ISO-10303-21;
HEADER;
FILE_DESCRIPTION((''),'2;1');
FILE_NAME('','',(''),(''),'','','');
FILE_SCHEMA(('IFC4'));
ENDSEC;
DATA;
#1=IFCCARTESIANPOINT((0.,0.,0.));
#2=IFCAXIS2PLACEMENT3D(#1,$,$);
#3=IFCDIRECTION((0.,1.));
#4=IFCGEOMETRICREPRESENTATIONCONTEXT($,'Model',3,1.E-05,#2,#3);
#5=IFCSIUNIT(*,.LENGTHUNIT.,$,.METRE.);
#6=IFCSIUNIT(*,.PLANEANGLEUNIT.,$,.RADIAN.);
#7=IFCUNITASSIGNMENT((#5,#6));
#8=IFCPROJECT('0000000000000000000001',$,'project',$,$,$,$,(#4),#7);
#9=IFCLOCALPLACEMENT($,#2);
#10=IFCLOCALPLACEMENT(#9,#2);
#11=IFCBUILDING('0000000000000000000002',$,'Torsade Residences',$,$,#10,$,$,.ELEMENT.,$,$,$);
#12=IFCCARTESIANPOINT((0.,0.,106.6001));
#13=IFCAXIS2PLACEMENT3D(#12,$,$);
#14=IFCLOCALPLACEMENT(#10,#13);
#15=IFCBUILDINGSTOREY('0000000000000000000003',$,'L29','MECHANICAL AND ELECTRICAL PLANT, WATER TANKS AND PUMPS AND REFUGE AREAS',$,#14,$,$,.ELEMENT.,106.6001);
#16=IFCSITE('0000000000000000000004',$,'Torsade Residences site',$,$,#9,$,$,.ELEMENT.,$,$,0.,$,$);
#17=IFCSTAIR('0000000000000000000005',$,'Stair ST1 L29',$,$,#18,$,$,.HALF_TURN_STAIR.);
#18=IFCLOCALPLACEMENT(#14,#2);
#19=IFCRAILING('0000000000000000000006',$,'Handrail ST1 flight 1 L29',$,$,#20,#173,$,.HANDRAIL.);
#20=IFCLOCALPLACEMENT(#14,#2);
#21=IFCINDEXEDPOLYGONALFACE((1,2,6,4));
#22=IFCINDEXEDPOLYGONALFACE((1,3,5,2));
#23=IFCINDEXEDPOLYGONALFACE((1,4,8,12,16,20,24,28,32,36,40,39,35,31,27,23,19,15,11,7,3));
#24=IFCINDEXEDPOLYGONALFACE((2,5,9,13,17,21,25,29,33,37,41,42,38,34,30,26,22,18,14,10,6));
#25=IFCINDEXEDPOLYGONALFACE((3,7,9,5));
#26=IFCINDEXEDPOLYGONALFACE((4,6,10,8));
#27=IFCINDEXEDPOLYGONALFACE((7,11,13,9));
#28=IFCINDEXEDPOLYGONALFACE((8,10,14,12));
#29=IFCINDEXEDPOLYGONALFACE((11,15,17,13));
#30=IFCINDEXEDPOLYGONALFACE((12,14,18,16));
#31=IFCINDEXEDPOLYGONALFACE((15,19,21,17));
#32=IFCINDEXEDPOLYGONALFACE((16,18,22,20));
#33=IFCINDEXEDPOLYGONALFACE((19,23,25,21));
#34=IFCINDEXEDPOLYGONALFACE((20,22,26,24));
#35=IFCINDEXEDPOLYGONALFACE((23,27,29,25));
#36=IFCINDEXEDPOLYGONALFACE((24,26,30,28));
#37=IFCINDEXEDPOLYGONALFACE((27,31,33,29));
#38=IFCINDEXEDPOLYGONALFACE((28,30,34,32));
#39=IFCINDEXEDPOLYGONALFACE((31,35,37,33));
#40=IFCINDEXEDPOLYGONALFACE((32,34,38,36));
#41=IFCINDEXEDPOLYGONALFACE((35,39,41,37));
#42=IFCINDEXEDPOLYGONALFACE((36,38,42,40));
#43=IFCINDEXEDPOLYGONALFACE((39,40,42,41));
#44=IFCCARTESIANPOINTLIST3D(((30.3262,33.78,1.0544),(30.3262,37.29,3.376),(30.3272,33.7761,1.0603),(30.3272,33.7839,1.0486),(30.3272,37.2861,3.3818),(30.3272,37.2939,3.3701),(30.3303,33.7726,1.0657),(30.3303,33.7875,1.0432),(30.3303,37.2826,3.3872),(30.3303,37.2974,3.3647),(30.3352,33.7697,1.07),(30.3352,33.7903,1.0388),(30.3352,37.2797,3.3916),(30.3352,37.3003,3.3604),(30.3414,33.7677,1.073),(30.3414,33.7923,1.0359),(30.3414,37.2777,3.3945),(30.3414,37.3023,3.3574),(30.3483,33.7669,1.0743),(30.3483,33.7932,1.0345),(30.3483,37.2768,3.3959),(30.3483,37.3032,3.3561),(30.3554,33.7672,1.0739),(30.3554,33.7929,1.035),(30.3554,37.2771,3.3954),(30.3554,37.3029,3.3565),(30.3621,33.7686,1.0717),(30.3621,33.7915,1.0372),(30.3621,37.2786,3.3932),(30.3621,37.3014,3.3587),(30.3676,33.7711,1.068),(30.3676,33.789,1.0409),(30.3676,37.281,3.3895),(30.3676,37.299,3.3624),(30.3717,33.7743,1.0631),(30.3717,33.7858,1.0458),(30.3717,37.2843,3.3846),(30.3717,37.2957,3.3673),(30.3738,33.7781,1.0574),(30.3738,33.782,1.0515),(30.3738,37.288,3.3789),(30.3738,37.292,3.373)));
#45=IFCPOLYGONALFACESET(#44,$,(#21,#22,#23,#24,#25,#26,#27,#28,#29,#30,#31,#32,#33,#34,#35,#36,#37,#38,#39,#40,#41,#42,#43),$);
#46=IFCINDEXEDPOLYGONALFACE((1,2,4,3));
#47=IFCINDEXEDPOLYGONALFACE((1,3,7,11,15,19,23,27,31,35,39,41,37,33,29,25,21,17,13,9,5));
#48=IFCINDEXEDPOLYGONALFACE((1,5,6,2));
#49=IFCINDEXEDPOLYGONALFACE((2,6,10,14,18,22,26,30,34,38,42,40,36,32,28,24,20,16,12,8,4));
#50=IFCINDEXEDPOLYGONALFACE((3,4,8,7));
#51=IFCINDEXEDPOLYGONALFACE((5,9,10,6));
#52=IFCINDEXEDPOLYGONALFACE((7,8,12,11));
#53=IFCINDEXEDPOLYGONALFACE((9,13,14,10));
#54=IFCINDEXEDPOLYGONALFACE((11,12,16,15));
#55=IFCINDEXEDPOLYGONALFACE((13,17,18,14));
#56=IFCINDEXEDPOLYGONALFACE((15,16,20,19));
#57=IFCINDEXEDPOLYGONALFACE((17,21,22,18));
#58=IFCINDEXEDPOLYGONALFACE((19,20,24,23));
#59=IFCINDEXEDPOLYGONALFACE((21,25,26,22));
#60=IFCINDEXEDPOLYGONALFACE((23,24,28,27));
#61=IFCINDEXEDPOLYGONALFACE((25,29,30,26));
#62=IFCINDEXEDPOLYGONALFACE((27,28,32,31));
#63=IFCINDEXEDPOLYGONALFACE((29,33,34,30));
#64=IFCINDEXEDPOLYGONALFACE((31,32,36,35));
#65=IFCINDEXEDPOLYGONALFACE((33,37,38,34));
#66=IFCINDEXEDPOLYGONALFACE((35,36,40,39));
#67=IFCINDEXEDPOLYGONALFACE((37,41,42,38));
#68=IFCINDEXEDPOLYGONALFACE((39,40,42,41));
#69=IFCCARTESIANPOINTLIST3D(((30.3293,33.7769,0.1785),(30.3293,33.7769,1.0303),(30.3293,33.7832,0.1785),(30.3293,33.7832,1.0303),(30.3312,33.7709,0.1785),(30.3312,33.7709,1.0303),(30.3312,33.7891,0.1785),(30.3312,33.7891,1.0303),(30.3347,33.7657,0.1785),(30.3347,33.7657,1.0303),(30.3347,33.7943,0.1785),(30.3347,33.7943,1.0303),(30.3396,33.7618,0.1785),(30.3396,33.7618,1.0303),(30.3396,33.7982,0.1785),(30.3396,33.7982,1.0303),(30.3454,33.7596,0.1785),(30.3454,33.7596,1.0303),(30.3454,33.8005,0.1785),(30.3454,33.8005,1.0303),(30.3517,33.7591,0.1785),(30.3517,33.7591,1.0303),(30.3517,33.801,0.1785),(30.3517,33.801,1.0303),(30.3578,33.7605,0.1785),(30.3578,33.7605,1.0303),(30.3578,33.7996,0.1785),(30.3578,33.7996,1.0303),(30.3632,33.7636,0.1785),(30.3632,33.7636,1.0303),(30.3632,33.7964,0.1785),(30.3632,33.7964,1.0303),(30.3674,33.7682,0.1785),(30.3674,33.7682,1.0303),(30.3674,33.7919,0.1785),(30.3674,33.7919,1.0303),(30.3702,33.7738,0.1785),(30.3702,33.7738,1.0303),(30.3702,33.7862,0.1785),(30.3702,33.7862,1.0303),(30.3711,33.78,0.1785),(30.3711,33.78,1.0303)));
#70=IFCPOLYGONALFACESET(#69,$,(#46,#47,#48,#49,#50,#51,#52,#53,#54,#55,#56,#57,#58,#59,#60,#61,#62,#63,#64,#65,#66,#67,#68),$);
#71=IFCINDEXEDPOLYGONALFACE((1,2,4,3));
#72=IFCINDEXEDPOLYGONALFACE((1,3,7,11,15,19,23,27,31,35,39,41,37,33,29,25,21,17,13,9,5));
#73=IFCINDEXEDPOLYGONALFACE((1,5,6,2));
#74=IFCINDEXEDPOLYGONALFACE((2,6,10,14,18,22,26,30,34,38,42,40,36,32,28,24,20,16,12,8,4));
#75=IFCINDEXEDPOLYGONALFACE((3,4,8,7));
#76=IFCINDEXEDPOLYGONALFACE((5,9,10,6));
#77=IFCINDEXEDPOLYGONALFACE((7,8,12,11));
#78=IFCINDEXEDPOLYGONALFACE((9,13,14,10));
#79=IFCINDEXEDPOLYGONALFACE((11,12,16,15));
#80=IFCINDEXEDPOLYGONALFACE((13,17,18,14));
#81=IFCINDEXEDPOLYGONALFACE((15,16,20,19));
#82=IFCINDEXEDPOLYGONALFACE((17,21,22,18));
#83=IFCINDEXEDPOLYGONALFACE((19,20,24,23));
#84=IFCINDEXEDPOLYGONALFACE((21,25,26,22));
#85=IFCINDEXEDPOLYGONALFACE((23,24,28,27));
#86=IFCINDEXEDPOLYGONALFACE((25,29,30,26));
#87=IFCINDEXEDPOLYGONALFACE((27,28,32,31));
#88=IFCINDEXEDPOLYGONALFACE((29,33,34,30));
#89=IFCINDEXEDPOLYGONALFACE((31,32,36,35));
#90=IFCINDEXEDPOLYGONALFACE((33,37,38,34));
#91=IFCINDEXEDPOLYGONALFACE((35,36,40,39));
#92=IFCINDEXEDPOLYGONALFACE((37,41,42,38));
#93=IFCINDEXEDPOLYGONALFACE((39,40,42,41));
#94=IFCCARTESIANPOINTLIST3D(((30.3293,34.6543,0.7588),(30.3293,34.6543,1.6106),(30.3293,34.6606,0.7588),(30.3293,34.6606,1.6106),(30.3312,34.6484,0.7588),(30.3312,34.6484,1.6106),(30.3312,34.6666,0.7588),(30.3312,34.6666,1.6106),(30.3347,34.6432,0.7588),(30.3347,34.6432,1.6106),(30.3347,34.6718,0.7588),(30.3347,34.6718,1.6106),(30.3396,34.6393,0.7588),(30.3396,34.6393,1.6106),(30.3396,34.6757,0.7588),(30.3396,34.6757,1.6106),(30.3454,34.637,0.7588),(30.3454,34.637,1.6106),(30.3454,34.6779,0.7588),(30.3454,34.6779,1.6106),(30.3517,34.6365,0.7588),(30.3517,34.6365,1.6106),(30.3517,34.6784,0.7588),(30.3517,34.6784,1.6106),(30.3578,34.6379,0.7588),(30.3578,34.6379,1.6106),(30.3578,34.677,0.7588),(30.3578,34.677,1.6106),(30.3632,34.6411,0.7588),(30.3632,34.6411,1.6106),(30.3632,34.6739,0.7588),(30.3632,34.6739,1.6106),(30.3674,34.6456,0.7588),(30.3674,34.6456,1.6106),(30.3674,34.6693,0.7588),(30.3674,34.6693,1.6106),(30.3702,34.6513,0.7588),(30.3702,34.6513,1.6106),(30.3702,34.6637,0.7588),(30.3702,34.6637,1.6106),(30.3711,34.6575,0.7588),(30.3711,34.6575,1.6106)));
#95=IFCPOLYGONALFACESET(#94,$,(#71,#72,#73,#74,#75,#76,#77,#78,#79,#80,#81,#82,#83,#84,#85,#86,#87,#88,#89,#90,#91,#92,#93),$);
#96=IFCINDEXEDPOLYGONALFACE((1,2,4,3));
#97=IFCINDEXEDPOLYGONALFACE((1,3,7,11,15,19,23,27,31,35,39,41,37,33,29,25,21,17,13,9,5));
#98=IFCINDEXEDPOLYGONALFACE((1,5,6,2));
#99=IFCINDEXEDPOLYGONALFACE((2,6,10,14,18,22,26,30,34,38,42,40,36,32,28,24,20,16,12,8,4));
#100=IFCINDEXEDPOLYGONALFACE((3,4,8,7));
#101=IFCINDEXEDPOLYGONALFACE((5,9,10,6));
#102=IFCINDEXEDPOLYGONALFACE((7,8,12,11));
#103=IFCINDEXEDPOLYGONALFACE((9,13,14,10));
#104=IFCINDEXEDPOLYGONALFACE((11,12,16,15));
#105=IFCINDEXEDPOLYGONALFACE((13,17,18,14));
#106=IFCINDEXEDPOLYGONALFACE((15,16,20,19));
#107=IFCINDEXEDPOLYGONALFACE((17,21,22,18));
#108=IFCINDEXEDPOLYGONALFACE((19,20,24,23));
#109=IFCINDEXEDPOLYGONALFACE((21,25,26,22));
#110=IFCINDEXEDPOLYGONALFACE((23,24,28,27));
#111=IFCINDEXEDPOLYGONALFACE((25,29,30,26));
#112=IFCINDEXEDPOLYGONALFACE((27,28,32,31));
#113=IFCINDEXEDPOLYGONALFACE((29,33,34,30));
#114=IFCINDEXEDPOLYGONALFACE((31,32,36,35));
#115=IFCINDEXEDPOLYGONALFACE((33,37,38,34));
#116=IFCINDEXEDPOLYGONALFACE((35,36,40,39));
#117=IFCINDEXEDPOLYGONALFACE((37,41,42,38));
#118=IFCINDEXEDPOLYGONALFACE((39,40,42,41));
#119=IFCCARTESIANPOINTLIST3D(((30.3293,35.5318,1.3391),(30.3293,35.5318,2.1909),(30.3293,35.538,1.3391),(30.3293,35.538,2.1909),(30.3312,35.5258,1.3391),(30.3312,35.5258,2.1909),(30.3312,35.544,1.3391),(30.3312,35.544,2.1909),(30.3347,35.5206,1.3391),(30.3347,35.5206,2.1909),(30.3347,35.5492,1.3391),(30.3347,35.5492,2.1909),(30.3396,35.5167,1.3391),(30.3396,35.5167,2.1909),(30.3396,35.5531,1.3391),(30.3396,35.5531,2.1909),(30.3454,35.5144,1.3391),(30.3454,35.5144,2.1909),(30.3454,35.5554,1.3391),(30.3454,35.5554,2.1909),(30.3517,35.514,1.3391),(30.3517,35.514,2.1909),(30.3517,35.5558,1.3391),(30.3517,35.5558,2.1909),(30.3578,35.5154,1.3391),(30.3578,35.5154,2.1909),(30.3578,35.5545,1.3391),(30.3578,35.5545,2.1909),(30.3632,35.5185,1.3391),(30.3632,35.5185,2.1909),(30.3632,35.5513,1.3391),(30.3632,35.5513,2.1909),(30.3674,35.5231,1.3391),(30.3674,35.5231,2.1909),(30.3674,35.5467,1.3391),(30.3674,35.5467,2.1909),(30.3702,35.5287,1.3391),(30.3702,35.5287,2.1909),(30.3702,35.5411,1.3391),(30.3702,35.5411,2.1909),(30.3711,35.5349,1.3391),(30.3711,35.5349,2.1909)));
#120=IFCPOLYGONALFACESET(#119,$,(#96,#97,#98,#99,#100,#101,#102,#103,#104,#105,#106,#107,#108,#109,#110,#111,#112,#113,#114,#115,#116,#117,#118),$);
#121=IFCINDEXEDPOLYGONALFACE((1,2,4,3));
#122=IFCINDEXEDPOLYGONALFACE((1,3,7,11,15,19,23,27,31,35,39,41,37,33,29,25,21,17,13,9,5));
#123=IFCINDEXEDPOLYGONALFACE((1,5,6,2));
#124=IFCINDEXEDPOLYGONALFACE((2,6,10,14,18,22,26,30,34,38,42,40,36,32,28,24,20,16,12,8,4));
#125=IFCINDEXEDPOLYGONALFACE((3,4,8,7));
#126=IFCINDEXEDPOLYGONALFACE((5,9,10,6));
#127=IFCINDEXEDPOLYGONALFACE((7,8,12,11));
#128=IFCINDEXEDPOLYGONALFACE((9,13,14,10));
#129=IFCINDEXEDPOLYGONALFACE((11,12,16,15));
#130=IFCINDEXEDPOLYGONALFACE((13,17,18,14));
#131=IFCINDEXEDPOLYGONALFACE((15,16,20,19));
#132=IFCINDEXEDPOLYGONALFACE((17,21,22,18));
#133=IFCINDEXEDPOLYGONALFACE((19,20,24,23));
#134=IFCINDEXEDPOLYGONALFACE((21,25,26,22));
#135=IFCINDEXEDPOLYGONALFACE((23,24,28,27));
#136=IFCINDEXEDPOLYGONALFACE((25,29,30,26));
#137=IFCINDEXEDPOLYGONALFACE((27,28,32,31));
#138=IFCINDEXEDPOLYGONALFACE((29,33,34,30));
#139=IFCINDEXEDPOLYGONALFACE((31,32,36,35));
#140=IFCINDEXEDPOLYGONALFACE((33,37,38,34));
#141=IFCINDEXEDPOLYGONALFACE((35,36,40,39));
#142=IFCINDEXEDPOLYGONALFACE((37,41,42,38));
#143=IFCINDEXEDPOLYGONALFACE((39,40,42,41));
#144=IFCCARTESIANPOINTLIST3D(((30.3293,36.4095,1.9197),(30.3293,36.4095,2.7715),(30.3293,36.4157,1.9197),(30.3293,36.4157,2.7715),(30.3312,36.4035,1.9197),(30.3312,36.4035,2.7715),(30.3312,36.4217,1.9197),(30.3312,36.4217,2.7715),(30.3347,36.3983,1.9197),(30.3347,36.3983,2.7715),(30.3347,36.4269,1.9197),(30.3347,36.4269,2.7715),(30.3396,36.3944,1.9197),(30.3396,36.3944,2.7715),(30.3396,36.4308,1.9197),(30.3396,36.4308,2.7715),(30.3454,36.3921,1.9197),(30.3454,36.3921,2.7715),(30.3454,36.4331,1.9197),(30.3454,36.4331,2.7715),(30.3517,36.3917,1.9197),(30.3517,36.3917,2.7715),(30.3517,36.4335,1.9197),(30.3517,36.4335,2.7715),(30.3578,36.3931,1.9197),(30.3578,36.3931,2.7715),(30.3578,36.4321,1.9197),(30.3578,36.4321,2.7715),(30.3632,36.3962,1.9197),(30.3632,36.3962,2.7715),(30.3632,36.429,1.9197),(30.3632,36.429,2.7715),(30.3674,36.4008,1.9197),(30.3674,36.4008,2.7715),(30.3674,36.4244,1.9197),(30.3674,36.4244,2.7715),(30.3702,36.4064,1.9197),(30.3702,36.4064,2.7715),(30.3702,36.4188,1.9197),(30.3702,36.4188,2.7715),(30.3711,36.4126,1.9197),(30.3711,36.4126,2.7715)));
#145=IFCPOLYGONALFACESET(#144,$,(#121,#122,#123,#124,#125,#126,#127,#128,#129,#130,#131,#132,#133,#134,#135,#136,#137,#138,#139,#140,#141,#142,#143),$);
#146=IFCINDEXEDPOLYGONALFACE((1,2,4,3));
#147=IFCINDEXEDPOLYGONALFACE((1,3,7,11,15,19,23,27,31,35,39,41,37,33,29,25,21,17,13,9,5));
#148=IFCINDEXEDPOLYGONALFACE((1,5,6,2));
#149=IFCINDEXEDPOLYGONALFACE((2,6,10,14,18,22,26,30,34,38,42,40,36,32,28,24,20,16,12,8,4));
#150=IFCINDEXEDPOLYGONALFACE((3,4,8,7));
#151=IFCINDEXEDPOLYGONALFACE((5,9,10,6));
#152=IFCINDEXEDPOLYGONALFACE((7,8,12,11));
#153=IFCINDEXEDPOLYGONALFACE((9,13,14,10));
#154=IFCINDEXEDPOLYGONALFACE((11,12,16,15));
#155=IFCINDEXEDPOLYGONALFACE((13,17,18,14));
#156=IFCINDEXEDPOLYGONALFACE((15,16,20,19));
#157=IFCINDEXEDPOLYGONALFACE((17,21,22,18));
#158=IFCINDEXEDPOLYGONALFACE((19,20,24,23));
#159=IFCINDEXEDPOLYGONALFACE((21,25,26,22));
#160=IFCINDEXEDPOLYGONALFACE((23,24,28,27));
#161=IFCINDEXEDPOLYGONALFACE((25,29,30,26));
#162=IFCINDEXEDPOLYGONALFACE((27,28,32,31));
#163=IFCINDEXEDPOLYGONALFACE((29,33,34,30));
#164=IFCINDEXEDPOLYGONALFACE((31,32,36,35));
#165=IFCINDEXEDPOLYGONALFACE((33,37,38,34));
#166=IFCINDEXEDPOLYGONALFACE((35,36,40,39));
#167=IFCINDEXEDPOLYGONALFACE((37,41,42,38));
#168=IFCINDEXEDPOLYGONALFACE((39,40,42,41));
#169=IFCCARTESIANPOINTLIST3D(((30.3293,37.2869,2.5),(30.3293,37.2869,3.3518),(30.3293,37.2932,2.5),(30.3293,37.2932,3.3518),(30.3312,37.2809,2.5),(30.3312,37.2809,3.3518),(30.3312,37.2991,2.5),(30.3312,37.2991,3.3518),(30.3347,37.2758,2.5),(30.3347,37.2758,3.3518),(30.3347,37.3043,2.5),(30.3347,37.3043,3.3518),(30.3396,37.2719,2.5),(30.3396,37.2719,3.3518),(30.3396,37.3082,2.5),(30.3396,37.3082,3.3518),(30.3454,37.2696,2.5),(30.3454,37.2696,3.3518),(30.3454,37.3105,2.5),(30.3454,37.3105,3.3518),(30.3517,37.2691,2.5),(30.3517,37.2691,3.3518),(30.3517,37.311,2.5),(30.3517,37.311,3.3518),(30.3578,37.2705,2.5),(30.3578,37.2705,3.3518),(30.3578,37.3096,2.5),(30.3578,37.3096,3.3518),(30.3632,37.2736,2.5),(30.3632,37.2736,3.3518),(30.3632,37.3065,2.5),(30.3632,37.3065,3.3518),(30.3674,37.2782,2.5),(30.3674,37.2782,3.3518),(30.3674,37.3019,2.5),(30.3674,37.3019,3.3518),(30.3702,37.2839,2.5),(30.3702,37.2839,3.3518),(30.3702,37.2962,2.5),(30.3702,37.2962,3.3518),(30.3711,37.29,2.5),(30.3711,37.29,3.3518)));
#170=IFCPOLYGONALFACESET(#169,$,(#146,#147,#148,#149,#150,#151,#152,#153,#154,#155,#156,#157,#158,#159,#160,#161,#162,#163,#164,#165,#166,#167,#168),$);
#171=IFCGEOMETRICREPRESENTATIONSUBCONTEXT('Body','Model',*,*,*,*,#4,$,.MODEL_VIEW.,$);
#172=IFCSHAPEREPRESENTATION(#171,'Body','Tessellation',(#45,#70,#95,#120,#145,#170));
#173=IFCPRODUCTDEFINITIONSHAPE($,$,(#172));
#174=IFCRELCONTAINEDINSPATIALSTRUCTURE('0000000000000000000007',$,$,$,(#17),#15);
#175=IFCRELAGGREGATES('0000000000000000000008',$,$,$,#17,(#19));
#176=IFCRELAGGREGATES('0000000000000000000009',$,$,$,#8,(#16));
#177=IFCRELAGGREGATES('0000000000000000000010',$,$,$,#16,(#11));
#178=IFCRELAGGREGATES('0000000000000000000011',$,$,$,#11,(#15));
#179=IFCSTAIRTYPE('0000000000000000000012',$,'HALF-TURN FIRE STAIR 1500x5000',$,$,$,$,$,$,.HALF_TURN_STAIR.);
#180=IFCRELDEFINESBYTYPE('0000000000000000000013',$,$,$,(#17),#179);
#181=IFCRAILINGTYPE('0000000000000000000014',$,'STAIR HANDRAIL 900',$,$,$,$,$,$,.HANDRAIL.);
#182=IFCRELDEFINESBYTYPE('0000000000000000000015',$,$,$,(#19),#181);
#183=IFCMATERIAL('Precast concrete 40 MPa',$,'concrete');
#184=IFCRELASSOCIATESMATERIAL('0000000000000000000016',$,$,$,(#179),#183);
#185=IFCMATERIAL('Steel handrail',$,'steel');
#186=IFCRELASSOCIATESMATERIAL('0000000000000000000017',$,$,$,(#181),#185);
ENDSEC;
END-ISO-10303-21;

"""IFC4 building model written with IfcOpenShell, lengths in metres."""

from ifc_helpers import new_model, si_unit, direction, frame, origin, origin_2d, place, context, subcontext, project, spatial, circle, extrude, material, type_object, element, aggregate, save


model = new_model("IFC4")

# Units and contexts
model_context = context("Model", 3, precision=1e-05, world=origin(), true_north=direction((0.0, 1.0)))
body_context = subcontext(model_context, "Body", "Model", "MODEL_VIEW")
ifc_project = project(units=[si_unit("LENGTHUNIT", "METRE"), si_unit("PLANEANGLEUNIT", "RADIAN")], contexts=[model_context])

# Site, building, storey
site_placement = place(None, origin())
site = spatial("IfcSite", under=ifc_project, at=site_placement, Name="Torsade Residences site", CompositionType="ELEMENT", RefElevation=0.0)
building_placement = place(site_placement, origin())
building = spatial("IfcBuilding", under=site, at=building_placement, Name="Torsade Residences", CompositionType="ELEMENT")
storey_placement = place(building_placement, frame((0.0, 0.0, 106.6001)))
storey = spatial("IfcBuildingStorey", under=building, at=storey_placement, Name="L29", Description="MECHANICAL AND ELECTRICAL PLANT, WATER TANKS AND PUMPS AND REFUGE AREAS", CompositionType="ELEMENT", Elevation=106.6001)

# Stair, railing
ifc_material_1 = material(Name="Precast concrete 40 MPa", Category="concrete")
stair_type = type_object("IfcStairType", Name="HALF-TURN FIRE STAIR 1500x5000", PredefinedType="HALF_TURN_STAIR", material=ifc_material_1)
stair_placement = place(storey_placement, origin())
stair = element("IfcStair", 1, at=stair_placement, inside=storey, type_object=stair_type, Name="Stair ST1 L29", PredefinedType="HALF_TURN_STAIR")
ifc_material_2 = material(Name="Steel handrail", Category="steel")
railing_type = type_object("IfcRailingType", Name="STAIR HANDRAIL 900", PredefinedType="HANDRAIL", material=ifc_material_2)
railing_1_placement = place(storey_placement, frame((30.3501, 33.78, 0.1785)))
railing_1 = element("IfcRailing", 2, at=railing_1_placement, type_object=railing_type, Name="Handrail ST1 flight 1 L29", PredefinedType="HANDRAIL", context=body_context, shape_type="SweptSolid", body=[
    extrude(circle(Radius=0.0239, at=origin_2d()), frame((0.0, 0.0, 0.876), z_axis=(0.0, 0.834071, 0.551657), x_axis=(-1.0, 0.0, 0.0)), (0.0, 0.0, 1.0), 4.2083),
    extrude(circle(Radius=0.021, at=origin_2d()), origin(), (0.0, 0.0, 1.0), 0.8518),
    extrude(circle(Radius=0.021, at=origin_2d()), frame((0.0, 0.8774, 0.5803)), (0.0, 0.0, 1.0), 0.8518),
    extrude(circle(Radius=0.021, at=origin_2d()), frame((0.0, 1.7549, 1.1606)), (0.0, 0.0, 1.0), 0.8518),
    extrude(circle(Radius=0.021, at=origin_2d()), frame((0.0, 2.6326, 1.7412)), (0.0, 0.0, 1.0), 0.8518),
    extrude(circle(Radius=0.021, at=origin_2d()), frame((0.0, 3.51, 2.3215)), (0.0, 0.0, 1.0), 0.8518),
])
aggregate(stair, [railing_1])

save(model, "model.ifc")
